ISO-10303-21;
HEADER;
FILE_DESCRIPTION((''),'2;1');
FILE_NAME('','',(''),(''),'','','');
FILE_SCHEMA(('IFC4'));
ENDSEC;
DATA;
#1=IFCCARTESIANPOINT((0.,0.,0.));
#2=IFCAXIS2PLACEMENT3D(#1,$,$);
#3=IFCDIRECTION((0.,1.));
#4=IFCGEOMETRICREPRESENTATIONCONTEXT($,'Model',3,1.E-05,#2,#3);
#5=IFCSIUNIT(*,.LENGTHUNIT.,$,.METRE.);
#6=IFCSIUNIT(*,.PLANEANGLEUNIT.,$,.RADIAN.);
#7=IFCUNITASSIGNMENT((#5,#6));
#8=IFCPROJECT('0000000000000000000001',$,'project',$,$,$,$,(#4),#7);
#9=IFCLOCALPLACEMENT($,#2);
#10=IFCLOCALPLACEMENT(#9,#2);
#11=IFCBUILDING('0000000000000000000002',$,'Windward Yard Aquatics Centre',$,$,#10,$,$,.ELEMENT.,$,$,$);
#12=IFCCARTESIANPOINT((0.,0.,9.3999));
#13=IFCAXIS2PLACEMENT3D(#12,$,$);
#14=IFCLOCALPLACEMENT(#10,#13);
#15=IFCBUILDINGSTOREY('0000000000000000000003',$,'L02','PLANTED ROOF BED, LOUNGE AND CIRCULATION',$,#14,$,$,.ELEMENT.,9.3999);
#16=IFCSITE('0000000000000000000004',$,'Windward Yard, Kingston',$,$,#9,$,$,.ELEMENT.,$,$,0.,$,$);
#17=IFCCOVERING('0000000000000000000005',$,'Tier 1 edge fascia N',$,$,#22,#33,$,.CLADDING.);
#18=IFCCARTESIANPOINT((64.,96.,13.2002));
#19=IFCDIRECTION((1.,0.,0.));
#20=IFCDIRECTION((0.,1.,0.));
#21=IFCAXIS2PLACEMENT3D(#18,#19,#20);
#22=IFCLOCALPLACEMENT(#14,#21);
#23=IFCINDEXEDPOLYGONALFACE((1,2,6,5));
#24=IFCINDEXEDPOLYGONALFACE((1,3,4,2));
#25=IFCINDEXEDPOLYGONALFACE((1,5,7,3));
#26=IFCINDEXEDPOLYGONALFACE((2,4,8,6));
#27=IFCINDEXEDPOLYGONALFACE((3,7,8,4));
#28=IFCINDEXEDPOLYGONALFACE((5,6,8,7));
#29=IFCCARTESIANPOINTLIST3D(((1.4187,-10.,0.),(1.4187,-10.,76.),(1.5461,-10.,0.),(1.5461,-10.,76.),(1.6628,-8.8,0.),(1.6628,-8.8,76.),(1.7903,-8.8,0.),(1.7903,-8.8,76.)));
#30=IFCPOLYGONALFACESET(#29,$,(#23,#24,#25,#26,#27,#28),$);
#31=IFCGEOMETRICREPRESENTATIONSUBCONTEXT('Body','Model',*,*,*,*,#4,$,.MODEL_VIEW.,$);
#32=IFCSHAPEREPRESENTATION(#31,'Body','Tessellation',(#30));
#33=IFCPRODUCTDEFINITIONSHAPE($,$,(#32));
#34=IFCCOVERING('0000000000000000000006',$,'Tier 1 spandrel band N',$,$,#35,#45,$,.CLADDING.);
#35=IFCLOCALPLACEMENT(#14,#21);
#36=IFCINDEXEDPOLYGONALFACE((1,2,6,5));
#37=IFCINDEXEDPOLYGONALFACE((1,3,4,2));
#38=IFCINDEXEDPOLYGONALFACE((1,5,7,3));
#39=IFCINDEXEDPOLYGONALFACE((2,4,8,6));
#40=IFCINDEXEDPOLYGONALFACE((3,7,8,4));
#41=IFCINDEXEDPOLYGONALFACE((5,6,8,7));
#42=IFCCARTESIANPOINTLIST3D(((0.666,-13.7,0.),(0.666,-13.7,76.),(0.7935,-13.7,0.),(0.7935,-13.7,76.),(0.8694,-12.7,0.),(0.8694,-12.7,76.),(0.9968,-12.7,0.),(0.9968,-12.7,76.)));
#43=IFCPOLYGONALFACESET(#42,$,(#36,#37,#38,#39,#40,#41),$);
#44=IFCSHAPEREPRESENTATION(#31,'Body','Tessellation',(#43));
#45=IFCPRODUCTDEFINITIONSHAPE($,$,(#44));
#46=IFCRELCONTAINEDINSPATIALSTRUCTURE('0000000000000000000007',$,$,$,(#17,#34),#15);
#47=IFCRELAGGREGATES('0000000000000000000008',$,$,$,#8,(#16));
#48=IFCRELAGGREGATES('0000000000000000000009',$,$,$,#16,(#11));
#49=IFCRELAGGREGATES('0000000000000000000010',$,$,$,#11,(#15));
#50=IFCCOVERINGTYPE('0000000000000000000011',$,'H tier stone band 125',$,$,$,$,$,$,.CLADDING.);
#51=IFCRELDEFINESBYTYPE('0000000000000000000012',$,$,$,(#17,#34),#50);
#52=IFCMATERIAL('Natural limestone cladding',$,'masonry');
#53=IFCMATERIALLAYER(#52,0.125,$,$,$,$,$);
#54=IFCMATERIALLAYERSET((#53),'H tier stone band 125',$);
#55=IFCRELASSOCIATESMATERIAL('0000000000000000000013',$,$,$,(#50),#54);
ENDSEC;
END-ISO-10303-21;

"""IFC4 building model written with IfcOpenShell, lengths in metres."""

from ifc_helpers import new_model, si_unit, direction, frame, origin, place, context, subcontext, project, spatial, polyline, outline, extrude, material, layer, layer_set, type_object, element, save


model = new_model("IFC4")

# Units and contexts
model_context = context("Model", 3, precision=1e-05, world=origin(), true_north=direction((0.0, 1.0)))
body_context = subcontext(model_context, "Body", "Model", "MODEL_VIEW")
ifc_project = project(units=[si_unit("LENGTHUNIT", "METRE"), si_unit("PLANEANGLEUNIT", "RADIAN")], contexts=[model_context])

# Site, building, storey
site_placement = place(None, origin())
site = spatial("IfcSite", under=ifc_project, at=site_placement, Name="Windward Yard, Kingston", CompositionType="ELEMENT", RefElevation=0.0)
building_placement = place(site_placement, origin())
building = spatial("IfcBuilding", under=site, at=building_placement, Name="Windward Yard Aquatics Centre", CompositionType="ELEMENT")
storey_placement = place(building_placement, frame((0.0, 0.0, 9.3999)))
storey = spatial("IfcBuildingStorey", under=building, at=storey_placement, Name="L02", Description="PLANTED ROOF BED, LOUNGE AND CIRCULATION", CompositionType="ELEMENT", Elevation=9.3999)

# Coverings
ifc_material_1 = material(Name="Natural limestone cladding", Category="masonry")
ifc_layer_1 = layer(ifc_material_1, 0.125)
ifc_layer_set_1 = layer_set([ifc_layer_1], Name="H tier stone band 125")
covering_type = type_object("IfcCoveringType", Name="H tier stone band 125", PredefinedType="CLADDING", material=ifc_layer_set_1)
covering_1_placement = place(storey_placement, frame((64.0, 96.0, 13.2002), z_axis=(1.0, 0.0, 0.0), x_axis=(0.0, 1.0, 0.0)))
element("IfcCovering", 1, at=covering_1_placement, inside=storey, type_object=covering_type, Name="Tier 1 edge fascia N", PredefinedType="CLADDING", context=body_context, shape_type="SweptSolid", body=[
    extrude(outline(polyline([(1.5461, -10.0), (1.4187, -10.0), (1.6628, -8.8), (1.7903, -8.8), (1.5461, -10.0)])), origin(), (0.0, 0.0, 1.0), 76.0),
])
covering_2_placement = place(storey_placement, frame((64.0, 96.0, 13.2002), z_axis=(1.0, 0.0, 0.0), x_axis=(0.0, 1.0, 0.0)))
element("IfcCovering", 2, at=covering_2_placement, inside=storey, type_object=covering_type, Name="Tier 1 spandrel band N", PredefinedType="CLADDING", context=body_context, shape_type="SweptSolid", body=[
    extrude(outline(polyline([(0.7935, -13.7), (0.666, -13.7), (0.8694, -12.7), (0.9968, -12.7), (0.7935, -13.7)])), origin(), (0.0, 0.0, 1.0), 76.0),
])

save(model, "model.ifc")
